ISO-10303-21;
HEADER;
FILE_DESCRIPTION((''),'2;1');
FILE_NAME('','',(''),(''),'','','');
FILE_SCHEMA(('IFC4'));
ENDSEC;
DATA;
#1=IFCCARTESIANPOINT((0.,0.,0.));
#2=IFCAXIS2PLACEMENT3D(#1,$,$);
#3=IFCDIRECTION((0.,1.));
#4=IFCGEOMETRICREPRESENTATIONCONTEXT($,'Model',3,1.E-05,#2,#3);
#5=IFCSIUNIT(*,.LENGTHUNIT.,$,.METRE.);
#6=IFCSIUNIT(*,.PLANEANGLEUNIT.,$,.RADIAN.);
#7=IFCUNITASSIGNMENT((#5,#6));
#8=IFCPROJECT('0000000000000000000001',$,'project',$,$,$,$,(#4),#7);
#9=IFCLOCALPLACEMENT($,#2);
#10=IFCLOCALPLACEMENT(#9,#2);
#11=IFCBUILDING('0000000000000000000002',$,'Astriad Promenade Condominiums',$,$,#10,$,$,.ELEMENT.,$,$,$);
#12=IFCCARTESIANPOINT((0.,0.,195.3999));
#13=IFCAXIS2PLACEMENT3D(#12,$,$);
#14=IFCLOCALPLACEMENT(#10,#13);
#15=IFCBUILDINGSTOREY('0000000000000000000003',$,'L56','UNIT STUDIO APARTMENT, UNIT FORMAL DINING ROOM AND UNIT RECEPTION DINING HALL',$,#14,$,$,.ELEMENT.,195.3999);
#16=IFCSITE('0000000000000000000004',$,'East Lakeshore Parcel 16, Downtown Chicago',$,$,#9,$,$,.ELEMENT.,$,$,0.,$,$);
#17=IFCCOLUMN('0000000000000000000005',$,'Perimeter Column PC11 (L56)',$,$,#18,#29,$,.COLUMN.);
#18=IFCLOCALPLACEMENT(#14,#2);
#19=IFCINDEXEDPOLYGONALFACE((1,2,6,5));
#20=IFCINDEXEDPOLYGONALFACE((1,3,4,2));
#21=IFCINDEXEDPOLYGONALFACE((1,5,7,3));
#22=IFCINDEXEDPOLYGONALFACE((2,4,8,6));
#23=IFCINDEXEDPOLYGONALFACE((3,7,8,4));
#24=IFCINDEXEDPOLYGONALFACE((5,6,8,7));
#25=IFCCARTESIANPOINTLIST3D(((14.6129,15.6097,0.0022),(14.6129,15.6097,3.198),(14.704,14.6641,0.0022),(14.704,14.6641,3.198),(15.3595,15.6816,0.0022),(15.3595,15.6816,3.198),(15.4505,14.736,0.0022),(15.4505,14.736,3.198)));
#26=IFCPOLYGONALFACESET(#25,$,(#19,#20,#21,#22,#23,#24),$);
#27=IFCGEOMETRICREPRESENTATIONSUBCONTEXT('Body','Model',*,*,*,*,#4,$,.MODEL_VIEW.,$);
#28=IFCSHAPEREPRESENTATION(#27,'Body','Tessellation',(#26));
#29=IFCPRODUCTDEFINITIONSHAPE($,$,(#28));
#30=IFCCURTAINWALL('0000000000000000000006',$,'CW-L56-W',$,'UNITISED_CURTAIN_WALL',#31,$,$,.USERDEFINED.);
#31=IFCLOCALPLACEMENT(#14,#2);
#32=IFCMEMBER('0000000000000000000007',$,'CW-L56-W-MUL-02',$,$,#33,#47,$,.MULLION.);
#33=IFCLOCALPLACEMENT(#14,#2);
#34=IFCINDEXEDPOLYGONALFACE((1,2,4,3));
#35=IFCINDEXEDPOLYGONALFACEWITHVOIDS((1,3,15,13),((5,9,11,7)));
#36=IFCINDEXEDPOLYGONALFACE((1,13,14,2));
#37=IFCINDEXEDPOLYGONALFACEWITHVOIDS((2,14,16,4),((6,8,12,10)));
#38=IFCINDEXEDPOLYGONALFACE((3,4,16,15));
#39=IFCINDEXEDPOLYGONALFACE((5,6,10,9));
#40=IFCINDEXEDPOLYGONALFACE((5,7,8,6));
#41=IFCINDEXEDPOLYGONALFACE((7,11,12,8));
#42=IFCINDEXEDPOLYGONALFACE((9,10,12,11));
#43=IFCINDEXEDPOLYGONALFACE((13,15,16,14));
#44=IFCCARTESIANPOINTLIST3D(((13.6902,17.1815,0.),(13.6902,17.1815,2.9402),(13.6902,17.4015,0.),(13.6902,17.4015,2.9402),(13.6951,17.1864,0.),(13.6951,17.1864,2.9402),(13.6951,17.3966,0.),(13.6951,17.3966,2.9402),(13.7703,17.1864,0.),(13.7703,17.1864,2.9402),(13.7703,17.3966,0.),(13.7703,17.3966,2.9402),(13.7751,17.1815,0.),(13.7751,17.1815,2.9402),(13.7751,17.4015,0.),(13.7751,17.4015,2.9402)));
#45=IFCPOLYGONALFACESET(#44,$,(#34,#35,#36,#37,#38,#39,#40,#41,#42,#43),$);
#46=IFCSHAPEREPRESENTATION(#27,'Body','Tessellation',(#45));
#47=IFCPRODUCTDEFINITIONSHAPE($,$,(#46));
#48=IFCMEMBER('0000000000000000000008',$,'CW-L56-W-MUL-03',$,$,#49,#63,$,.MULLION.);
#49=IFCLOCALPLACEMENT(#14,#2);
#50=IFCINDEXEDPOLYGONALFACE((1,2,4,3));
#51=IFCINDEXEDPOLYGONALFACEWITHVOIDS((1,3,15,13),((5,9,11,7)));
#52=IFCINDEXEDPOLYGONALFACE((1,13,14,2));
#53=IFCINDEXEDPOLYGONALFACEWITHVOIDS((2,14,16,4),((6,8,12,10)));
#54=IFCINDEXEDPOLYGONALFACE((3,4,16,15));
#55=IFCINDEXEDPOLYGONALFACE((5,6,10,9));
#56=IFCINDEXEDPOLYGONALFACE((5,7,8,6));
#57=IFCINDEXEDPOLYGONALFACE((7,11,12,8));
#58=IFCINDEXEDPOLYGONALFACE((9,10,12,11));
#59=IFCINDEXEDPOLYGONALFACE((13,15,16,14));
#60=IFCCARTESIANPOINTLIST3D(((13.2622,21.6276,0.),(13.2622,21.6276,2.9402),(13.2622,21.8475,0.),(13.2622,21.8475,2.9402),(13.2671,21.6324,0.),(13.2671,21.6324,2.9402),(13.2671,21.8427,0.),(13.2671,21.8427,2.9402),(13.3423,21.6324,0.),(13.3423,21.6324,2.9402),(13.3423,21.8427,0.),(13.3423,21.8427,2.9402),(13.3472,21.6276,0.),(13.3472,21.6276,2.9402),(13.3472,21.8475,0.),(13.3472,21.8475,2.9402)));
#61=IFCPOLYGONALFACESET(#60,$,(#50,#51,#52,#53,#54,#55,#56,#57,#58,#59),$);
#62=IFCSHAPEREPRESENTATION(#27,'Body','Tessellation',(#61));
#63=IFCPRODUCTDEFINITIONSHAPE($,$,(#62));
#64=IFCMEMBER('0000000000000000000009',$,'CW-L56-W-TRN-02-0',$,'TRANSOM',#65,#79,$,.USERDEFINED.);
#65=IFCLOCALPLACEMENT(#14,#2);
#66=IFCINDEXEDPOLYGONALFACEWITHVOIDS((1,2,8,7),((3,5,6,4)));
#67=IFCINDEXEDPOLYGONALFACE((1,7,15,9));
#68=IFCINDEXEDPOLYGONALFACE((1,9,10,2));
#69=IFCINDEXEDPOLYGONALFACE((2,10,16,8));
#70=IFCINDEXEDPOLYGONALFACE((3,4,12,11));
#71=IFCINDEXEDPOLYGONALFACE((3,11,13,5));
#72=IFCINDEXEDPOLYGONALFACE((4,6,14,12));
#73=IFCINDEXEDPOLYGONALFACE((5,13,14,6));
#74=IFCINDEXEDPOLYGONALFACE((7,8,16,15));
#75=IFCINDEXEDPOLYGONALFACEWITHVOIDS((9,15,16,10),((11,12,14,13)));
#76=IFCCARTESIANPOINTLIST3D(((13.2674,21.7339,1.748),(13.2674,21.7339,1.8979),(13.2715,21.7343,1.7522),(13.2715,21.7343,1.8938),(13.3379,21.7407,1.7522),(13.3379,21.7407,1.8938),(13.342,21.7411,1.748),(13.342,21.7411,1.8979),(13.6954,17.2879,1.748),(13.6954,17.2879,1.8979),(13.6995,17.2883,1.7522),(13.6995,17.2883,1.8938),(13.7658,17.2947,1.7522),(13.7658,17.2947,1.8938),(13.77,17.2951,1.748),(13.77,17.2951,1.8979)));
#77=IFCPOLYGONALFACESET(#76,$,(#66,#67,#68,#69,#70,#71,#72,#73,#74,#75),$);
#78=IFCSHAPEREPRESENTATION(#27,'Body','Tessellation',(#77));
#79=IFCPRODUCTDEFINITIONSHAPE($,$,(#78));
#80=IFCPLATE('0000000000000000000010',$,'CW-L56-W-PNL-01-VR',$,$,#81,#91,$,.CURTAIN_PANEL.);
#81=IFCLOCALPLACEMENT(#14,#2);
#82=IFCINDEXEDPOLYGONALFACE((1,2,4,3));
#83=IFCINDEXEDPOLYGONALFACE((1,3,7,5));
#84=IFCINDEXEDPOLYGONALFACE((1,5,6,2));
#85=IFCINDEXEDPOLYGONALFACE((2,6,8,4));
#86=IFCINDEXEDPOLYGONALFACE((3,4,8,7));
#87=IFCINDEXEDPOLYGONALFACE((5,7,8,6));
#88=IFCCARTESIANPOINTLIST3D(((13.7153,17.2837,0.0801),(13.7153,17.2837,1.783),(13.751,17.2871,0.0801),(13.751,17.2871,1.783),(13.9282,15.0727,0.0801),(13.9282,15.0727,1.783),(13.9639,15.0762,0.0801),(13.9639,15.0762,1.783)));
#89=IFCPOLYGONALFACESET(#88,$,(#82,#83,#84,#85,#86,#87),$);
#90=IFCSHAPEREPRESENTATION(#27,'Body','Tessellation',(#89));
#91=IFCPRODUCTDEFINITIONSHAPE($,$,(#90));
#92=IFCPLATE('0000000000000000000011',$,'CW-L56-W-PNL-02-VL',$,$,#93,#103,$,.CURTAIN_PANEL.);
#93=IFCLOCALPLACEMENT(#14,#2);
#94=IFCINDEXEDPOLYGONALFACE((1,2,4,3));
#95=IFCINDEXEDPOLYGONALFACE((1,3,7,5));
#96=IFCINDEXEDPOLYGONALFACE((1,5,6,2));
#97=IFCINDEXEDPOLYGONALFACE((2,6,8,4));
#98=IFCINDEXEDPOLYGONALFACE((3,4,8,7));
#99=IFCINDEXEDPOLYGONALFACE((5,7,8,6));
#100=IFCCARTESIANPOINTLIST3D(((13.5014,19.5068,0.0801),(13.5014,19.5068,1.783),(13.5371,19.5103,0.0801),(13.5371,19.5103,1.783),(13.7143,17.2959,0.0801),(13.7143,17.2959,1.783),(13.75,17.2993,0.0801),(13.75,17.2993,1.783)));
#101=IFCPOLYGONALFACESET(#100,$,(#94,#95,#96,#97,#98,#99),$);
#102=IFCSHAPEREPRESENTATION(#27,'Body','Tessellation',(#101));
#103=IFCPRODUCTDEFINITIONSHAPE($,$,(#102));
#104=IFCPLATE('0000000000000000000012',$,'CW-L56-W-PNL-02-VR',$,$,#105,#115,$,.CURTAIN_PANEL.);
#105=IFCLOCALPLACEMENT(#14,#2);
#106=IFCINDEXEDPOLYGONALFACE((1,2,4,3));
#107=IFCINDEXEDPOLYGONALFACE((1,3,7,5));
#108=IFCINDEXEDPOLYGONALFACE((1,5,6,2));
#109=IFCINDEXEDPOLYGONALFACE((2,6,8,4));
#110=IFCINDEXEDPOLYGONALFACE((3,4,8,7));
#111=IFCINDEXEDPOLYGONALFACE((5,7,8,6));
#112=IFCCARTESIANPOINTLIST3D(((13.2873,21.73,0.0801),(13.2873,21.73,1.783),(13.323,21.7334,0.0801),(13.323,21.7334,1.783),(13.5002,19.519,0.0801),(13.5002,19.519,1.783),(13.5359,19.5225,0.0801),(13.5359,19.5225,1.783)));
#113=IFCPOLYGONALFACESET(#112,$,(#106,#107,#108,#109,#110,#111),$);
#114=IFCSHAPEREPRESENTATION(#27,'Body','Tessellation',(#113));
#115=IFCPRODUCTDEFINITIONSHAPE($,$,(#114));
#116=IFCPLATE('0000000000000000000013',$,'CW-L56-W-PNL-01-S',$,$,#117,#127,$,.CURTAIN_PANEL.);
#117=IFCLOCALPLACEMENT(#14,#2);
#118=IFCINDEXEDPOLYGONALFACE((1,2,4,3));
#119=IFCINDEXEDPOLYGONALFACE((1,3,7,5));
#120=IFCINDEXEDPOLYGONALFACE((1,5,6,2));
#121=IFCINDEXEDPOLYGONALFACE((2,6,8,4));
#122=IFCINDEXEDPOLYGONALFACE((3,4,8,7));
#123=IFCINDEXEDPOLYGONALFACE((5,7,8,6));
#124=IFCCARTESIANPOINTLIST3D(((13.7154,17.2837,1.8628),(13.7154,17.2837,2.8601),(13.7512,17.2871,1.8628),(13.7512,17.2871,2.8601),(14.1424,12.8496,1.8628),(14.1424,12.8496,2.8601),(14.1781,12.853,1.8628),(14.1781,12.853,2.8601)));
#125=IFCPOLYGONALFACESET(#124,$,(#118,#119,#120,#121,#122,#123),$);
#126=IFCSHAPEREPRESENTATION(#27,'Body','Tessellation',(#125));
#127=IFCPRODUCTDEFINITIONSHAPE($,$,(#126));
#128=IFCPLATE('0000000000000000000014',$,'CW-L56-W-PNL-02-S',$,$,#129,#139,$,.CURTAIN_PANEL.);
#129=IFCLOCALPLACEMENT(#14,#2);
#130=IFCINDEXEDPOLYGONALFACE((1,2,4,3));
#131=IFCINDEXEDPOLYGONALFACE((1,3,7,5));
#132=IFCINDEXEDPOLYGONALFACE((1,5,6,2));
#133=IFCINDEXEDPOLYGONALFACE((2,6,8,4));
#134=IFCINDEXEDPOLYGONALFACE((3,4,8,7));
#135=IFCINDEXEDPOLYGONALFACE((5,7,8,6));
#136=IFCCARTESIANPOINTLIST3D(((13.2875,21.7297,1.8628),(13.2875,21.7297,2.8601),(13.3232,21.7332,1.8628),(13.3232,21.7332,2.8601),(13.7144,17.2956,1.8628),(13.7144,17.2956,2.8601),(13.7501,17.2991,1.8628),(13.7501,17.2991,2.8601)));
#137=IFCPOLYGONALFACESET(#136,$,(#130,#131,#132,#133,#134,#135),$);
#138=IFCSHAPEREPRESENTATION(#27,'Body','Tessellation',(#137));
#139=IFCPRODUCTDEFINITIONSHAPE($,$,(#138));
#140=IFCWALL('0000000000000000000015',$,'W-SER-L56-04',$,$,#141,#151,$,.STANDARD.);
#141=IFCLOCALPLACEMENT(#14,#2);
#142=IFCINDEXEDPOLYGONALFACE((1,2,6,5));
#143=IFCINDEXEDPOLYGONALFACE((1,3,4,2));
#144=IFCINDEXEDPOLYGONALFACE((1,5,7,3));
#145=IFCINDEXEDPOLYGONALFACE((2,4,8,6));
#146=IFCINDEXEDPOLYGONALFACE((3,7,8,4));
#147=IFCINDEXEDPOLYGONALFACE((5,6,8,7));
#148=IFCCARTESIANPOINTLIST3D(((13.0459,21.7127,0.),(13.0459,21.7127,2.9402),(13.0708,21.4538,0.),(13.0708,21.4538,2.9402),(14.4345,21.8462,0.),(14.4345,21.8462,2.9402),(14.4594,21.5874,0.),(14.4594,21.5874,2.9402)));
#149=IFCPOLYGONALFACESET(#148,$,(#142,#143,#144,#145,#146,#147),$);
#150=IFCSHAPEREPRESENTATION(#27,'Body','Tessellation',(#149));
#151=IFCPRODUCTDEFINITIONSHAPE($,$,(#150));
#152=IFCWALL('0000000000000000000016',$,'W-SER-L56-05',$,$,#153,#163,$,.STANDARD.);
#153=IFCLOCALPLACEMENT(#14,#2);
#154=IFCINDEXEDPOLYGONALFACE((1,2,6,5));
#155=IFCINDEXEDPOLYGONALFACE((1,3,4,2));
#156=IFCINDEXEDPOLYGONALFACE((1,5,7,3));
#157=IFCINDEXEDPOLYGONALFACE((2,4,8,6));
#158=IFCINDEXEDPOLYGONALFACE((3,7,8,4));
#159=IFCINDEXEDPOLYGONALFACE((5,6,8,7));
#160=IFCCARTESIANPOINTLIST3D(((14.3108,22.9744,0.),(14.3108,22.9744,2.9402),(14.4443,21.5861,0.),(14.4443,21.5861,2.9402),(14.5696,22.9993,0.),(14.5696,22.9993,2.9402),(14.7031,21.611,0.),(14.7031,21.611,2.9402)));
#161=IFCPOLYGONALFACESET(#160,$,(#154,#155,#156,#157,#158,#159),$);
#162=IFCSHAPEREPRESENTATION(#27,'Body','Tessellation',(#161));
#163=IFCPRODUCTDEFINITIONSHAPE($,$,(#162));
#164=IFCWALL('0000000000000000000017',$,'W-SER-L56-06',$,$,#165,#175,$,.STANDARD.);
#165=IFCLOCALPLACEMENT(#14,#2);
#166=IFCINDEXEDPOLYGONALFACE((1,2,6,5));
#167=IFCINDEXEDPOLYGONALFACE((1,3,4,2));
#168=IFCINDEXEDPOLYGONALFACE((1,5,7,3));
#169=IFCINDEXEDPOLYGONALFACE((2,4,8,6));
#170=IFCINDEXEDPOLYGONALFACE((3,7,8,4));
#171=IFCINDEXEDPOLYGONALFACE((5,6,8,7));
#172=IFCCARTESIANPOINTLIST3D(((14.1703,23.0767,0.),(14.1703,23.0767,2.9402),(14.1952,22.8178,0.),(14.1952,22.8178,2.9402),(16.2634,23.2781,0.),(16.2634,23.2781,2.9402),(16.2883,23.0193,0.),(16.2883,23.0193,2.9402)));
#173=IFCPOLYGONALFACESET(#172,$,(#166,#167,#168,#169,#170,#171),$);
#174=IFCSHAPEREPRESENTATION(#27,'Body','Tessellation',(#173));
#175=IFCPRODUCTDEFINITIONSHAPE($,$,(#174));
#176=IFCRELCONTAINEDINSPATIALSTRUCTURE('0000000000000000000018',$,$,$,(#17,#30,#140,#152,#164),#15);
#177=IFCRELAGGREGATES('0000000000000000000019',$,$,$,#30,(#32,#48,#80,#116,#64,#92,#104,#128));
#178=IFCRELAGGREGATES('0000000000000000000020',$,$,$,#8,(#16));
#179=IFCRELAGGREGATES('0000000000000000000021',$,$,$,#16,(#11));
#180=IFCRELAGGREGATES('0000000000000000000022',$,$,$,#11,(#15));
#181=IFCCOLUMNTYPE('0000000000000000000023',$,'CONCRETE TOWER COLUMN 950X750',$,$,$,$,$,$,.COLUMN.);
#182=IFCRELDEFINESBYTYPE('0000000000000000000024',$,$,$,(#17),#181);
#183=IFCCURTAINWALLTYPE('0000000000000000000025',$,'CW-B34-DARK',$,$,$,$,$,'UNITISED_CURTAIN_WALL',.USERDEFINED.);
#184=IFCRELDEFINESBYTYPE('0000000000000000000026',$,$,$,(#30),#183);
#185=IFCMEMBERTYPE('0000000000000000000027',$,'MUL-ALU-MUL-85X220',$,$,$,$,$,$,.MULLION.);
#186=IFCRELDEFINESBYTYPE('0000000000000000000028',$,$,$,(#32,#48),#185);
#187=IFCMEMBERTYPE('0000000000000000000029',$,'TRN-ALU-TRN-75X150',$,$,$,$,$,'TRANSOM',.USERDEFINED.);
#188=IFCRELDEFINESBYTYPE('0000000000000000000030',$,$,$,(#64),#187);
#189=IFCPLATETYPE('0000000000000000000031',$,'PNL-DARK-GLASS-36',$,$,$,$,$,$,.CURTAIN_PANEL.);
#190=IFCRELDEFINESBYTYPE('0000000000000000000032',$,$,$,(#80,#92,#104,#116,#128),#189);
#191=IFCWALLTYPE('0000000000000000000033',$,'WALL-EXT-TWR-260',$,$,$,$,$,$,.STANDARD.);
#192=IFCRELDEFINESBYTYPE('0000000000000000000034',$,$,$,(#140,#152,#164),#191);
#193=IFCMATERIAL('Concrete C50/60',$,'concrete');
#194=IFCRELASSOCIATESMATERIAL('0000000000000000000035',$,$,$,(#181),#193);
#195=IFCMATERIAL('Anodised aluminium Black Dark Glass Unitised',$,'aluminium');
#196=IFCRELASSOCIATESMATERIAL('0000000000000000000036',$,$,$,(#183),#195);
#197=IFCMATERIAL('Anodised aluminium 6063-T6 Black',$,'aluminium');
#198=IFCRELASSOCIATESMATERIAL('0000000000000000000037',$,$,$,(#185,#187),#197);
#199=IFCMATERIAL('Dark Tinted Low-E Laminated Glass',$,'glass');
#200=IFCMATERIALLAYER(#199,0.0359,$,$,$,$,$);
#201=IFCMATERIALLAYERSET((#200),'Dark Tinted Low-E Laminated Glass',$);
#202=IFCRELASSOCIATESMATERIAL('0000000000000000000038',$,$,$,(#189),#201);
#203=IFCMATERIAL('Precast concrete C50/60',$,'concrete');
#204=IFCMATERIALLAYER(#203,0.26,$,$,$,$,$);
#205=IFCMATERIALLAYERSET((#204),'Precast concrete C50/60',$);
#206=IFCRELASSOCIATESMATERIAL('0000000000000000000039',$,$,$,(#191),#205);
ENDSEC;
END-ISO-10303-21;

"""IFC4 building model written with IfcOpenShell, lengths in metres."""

from ifc_helpers import new_model, si_unit, direction, frame, frame_2d, origin, origin_2d, place, context, subcontext, project, spatial, rectangle, hollow_rectangle, extrude, source, transform, mapped, material, layer, layer_set, material_profile, profile_set, type_object, type_shapes, element, aggregate, save


model = new_model("IFC4")

# Units and contexts
model_context = context("Model", 3, precision=1e-05, world=origin(), true_north=direction((0.0, 1.0)))
body_context = subcontext(model_context, "Body", "Model", "MODEL_VIEW")
ifc_project = project(units=[si_unit("LENGTHUNIT", "METRE"), si_unit("PLANEANGLEUNIT", "RADIAN")], contexts=[model_context])

# Site, building, storey
site_placement = place(None, origin())
site = spatial("IfcSite", under=ifc_project, at=site_placement, Name="East Lakeshore Parcel 16, Downtown Chicago", CompositionType="ELEMENT", RefElevation=0.0)
building_placement = place(site_placement, origin())
building = spatial("IfcBuilding", under=site, at=building_placement, Name="Astriad Promenade Condominiums", CompositionType="ELEMENT")
storey_placement = place(building_placement, frame((0.0, 0.0, 195.3999)))
storey = spatial("IfcBuildingStorey", under=building, at=storey_placement, Name="L56", Description="UNIT STUDIO APARTMENT, UNIT FORMAL DINING ROOM AND UNIT RECEPTION DINING HALL", CompositionType="ELEMENT", Elevation=195.3999)

# Column
ifc_material_1 = material(Name="Concrete C50/60", Category="concrete")
ifc_material_profile_1 = material_profile(ifc_material_1, rectangle(XDim=0.75, YDim=0.95, at=origin_2d()), Name="RC-COL-950X750")
ifc_profile_set_1 = profile_set([ifc_material_profile_1], Name="Concrete C50/60")
column_type = type_object("IfcColumnType", Name="CONCRETE TOWER COLUMN 950X750", PredefinedType="COLUMN", material=ifc_profile_set_1)
shared_shape_1 = source(origin(), body_context, "Body", "SweptSolid", [
    extrude(rectangle(XDim=0.75, YDim=0.95, at=origin_2d()), origin(), (0.0, 0.0, 1.0), 3.1958),
])
type_shapes(column_type, [shared_shape_1])
column_placement = place(storey_placement, frame((15.0317, 15.1729, 0.0022), z_axis=(0.0, 0.0, 1.0), x_axis=(0.995396, 0.095846, 0.0)))
element("IfcColumn", 1, at=column_placement, inside=storey, type_object=column_type, Name="Perimeter Column PC11 (L56)", PredefinedType="COLUMN", context=body_context, shape_type="MappedRepresentation", body=[
    mapped(shared_shape_1, transform((0.0, 0.0, 0.0), scale=1.0)),
])

# Curtain wall, members, plates
ifc_material_2 = material(Name="Anodised aluminium Black Dark Glass Unitised", Category="aluminium")
curtain_wall_type = type_object("IfcCurtainWallType", Name="CW-B34-DARK", ElementType="UNITISED_CURTAIN_WALL", PredefinedType="USERDEFINED", material=ifc_material_2)
curtain_wall_placement = place(storey_placement, origin())
curtain_wall = element("IfcCurtainWall", 2, at=curtain_wall_placement, inside=storey, type_object=curtain_wall_type, Name="CW-L56-W", ObjectType="UNITISED_CURTAIN_WALL", PredefinedType="USERDEFINED")
ifc_material_3 = material(Name="Anodised aluminium 6063-T6 Black", Category="aluminium")
ifc_material_profile_2 = material_profile(ifc_material_3, hollow_rectangle(XDim=0.085, YDim=0.22, WallThickness=0.0049, at=origin_2d()), Name="ALU-MUL-85X220")
ifc_profile_set_2 = profile_set([ifc_material_profile_2], Name="Anodised aluminium 6063-T6 Black")
member_type_1 = type_object("IfcMemberType", Name="MUL-ALU-MUL-85X220", PredefinedType="MULLION", material=ifc_profile_set_2)
shared_shape_2 = source(origin(), body_context, "Body", "SweptSolid", [
    extrude(hollow_rectangle(XDim=0.085, YDim=0.22, WallThickness=0.0049, at=origin_2d()), origin(), (0.0, 0.0, 1.0), 2.9402),
])
type_shapes(member_type_1, [shared_shape_2])
member_1_placement = place(storey_placement, frame((13.7327, 17.2915, 0.0), z_axis=(0.0, 0.0, 1.0), x_axis=(1.0, 0.0, 0.0)))
member_1 = element("IfcMember", 3, at=member_1_placement, type_object=member_type_1, Name="CW-L56-W-MUL-02", PredefinedType="MULLION", context=body_context, shape_type="MappedRepresentation", body=[
    mapped(shared_shape_2, transform((0.0, 0.0, 0.0), scale=1.0)),
])
member_2_placement = place(storey_placement, frame((13.3047, 21.7375, 0.0), z_axis=(0.0, 0.0, 1.0), x_axis=(1.0, 0.0, 0.0)))
member_2 = element("IfcMember", 4, at=member_2_placement, type_object=member_type_1, Name="CW-L56-W-MUL-03", PredefinedType="MULLION", context=body_context, shape_type="MappedRepresentation", body=[
    mapped(shared_shape_2, transform((0.0, 0.0, 0.0), scale=1.0)),
])
ifc_material_profile_3 = material_profile(ifc_material_3, hollow_rectangle(XDim=0.075, YDim=0.1499, WallThickness=0.0042, at=origin_2d()), Name="ALU-TRN-75X150")
ifc_profile_set_3 = profile_set([ifc_material_profile_3], Name="Anodised aluminium 6063-T6 Black")
member_type_2 = type_object("IfcMemberType", Name="TRN-ALU-TRN-75X150", ElementType="TRANSOM", PredefinedType="USERDEFINED", material=ifc_profile_set_3)
shared_shape_3 = source(origin(), body_context, "Body", "SweptSolid", [
    extrude(hollow_rectangle(XDim=0.075, YDim=0.1499, WallThickness=0.0042, at=origin_2d()), origin(), (0.0, 0.0, 1.0), 4.4666),
])
type_shapes(member_type_2, [shared_shape_3])
member_3_placement = place(storey_placement, frame((13.7327, 17.2915, 1.823), z_axis=(-0.095818, 0.995399, 0.0), x_axis=(-0.995399, -0.095818, 0.0)))
member_3 = element("IfcMember", 5, at=member_3_placement, type_object=member_type_2, Name="CW-L56-W-TRN-02-0", ObjectType="TRANSOM", PredefinedType="USERDEFINED", context=body_context, shape_type="MappedRepresentation", body=[
    mapped(shared_shape_3, transform((0.0, 0.0, 0.0), scale=1.0)),
])
ifc_material_4 = material(Name="Dark Tinted Low-E Laminated Glass", Category="glass")
ifc_layer_1 = layer(ifc_material_4, 0.0359)
ifc_layer_set_1 = layer_set([ifc_layer_1], Name="Dark Tinted Low-E Laminated Glass")
plate_type = type_object("IfcPlateType", Name="PNL-DARK-GLASS-36", PredefinedType="CURTAIN_PANEL", material=ifc_layer_set_1)
shared_shape_4 = source(origin(), body_context, "Body", "SweptSolid", [
    extrude(rectangle(XDim=2.2212, YDim=0.0359, at=origin_2d()), origin(), (0.0, 0.0, 1.0), 1.7029),
])
plate_1_placement = place(storey_placement, frame((13.8396, 16.1799, 0.0801), z_axis=(0.0, 0.0, 1.0), x_axis=(-0.095846, 0.995396, 0.0)))
plate_1 = element("IfcPlate", 6, at=plate_1_placement, type_object=plate_type, Name="CW-L56-W-PNL-01-VR", PredefinedType="CURTAIN_PANEL", context=body_context, shape_type="MappedRepresentation", body=[
    mapped(shared_shape_4, transform((0.0, 0.0, 0.0), scale=1.0)),
])
plate_2_placement = place(storey_placement, frame((13.6257, 18.4031, 0.0801), z_axis=(0.0, 0.0, 1.0), x_axis=(-0.095846, 0.995396, 0.0)))
plate_2 = element("IfcPlate", 7, at=plate_2_placement, type_object=plate_type, Name="CW-L56-W-PNL-02-VL", PredefinedType="CURTAIN_PANEL", context=body_context, shape_type="MappedRepresentation", body=[
    mapped(shared_shape_4, transform((0.0, 0.0, 0.0), scale=1.0)),
])
plate_3_placement = place(storey_placement, frame((13.4116, 20.6262, 0.0801), z_axis=(0.0, 0.0, 1.0), x_axis=(-0.095846, 0.995396, 0.0)))
plate_3 = element("IfcPlate", 8, at=plate_3_placement, type_object=plate_type, Name="CW-L56-W-PNL-02-VR", PredefinedType="CURTAIN_PANEL", context=body_context, shape_type="MappedRepresentation", body=[
    mapped(shared_shape_4, transform((0.0, 0.0, 0.0), scale=1.0)),
])
shared_shape_5 = source(origin(), body_context, "Body", "SweptSolid", [
    extrude(rectangle(XDim=4.4546, YDim=0.0359, at=origin_2d()), origin(), (0.0, 0.0, 1.0), 0.9973),
])
type_shapes(plate_type, [shared_shape_4, shared_shape_5])
plate_4_placement = place(storey_placement, frame((13.9468, 15.0684, 1.8628), z_axis=(0.0, 0.0, 1.0), x_axis=(-0.095846, 0.995396, 0.0)))
plate_4 = element("IfcPlate", 9, at=plate_4_placement, type_object=plate_type, Name="CW-L56-W-PNL-01-S", PredefinedType="CURTAIN_PANEL", context=body_context, shape_type="MappedRepresentation", body=[
    mapped(shared_shape_5, transform((0.0, 0.0, 0.0), scale=1.0)),
])
plate_5_placement = place(storey_placement, frame((13.5188, 19.5144, 1.8628), z_axis=(0.0, 0.0, 1.0), x_axis=(-0.095846, 0.995396, 0.0)))
plate_5 = element("IfcPlate", 10, at=plate_5_placement, type_object=plate_type, Name="CW-L56-W-PNL-02-S", PredefinedType="CURTAIN_PANEL", context=body_context, shape_type="MappedRepresentation", body=[
    mapped(shared_shape_5, transform((0.0, 0.0, 0.0), scale=1.0)),
])
aggregate(curtain_wall, [member_1, member_2, plate_1, plate_4, member_3, plate_2, plate_3, plate_5])

# Walls
ifc_material_5 = material(Name="Precast concrete C50/60", Category="concrete")
ifc_layer_2 = layer(ifc_material_5, 0.26)
ifc_layer_set_2 = layer_set([ifc_layer_2], Name="Precast concrete C50/60")
wall_type_1 = type_object("IfcWallType", Name="WALL-EXT-TWR-260", PredefinedType="STANDARD", material=ifc_layer_set_2)
wall_1_placement = place(storey_placement, frame((13.0583, 21.5833, 0.0), z_axis=(0.0, 0.0, 1.0), x_axis=(0.995408, 0.095726, 0.0)))
element("IfcWall", 11, at=wall_1_placement, inside=storey, type_object=wall_type_1, Name="W-SER-L56-04", PredefinedType="STANDARD", context=body_context, shape_type="SweptSolid", body=[
    extrude(rectangle(XDim=1.395, YDim=0.26, at=frame_2d((0.6975, 0.0))), origin(), (0.0, 0.0, 1.0), 2.9402),
])
wall_2_placement = place(storey_placement, frame((14.5737, 21.5986, 0.0), z_axis=(0.0, 0.0, 1.0), x_axis=(-0.095742, 0.995406, 0.0)))
element("IfcWall", 12, at=wall_2_placement, inside=storey, type_object=wall_type_1, Name="W-SER-L56-05", PredefinedType="STANDARD", context=body_context, shape_type="SweptSolid", body=[
    extrude(rectangle(XDim=1.3948, YDim=0.26, at=frame_2d((0.6973, 0.0))), origin(), (0.0, 0.0, 1.0), 2.9402),
])
wall_3_placement = place(storey_placement, frame((14.1829, 22.9473, 0.0), z_axis=(0.0, 0.0, 1.0), x_axis=(0.995402, 0.09579, 0.0)))
element("IfcWall", 13, at=wall_3_placement, inside=storey, type_object=wall_type_1, Name="W-SER-L56-06", PredefinedType="STANDARD", context=body_context, shape_type="SweptSolid", body=[
    extrude(rectangle(XDim=2.1028, YDim=0.26, at=frame_2d((1.0513, 0.0))), origin(), (0.0, 0.0, 1.0), 2.9402),
])

save(model, "model.ifc")
